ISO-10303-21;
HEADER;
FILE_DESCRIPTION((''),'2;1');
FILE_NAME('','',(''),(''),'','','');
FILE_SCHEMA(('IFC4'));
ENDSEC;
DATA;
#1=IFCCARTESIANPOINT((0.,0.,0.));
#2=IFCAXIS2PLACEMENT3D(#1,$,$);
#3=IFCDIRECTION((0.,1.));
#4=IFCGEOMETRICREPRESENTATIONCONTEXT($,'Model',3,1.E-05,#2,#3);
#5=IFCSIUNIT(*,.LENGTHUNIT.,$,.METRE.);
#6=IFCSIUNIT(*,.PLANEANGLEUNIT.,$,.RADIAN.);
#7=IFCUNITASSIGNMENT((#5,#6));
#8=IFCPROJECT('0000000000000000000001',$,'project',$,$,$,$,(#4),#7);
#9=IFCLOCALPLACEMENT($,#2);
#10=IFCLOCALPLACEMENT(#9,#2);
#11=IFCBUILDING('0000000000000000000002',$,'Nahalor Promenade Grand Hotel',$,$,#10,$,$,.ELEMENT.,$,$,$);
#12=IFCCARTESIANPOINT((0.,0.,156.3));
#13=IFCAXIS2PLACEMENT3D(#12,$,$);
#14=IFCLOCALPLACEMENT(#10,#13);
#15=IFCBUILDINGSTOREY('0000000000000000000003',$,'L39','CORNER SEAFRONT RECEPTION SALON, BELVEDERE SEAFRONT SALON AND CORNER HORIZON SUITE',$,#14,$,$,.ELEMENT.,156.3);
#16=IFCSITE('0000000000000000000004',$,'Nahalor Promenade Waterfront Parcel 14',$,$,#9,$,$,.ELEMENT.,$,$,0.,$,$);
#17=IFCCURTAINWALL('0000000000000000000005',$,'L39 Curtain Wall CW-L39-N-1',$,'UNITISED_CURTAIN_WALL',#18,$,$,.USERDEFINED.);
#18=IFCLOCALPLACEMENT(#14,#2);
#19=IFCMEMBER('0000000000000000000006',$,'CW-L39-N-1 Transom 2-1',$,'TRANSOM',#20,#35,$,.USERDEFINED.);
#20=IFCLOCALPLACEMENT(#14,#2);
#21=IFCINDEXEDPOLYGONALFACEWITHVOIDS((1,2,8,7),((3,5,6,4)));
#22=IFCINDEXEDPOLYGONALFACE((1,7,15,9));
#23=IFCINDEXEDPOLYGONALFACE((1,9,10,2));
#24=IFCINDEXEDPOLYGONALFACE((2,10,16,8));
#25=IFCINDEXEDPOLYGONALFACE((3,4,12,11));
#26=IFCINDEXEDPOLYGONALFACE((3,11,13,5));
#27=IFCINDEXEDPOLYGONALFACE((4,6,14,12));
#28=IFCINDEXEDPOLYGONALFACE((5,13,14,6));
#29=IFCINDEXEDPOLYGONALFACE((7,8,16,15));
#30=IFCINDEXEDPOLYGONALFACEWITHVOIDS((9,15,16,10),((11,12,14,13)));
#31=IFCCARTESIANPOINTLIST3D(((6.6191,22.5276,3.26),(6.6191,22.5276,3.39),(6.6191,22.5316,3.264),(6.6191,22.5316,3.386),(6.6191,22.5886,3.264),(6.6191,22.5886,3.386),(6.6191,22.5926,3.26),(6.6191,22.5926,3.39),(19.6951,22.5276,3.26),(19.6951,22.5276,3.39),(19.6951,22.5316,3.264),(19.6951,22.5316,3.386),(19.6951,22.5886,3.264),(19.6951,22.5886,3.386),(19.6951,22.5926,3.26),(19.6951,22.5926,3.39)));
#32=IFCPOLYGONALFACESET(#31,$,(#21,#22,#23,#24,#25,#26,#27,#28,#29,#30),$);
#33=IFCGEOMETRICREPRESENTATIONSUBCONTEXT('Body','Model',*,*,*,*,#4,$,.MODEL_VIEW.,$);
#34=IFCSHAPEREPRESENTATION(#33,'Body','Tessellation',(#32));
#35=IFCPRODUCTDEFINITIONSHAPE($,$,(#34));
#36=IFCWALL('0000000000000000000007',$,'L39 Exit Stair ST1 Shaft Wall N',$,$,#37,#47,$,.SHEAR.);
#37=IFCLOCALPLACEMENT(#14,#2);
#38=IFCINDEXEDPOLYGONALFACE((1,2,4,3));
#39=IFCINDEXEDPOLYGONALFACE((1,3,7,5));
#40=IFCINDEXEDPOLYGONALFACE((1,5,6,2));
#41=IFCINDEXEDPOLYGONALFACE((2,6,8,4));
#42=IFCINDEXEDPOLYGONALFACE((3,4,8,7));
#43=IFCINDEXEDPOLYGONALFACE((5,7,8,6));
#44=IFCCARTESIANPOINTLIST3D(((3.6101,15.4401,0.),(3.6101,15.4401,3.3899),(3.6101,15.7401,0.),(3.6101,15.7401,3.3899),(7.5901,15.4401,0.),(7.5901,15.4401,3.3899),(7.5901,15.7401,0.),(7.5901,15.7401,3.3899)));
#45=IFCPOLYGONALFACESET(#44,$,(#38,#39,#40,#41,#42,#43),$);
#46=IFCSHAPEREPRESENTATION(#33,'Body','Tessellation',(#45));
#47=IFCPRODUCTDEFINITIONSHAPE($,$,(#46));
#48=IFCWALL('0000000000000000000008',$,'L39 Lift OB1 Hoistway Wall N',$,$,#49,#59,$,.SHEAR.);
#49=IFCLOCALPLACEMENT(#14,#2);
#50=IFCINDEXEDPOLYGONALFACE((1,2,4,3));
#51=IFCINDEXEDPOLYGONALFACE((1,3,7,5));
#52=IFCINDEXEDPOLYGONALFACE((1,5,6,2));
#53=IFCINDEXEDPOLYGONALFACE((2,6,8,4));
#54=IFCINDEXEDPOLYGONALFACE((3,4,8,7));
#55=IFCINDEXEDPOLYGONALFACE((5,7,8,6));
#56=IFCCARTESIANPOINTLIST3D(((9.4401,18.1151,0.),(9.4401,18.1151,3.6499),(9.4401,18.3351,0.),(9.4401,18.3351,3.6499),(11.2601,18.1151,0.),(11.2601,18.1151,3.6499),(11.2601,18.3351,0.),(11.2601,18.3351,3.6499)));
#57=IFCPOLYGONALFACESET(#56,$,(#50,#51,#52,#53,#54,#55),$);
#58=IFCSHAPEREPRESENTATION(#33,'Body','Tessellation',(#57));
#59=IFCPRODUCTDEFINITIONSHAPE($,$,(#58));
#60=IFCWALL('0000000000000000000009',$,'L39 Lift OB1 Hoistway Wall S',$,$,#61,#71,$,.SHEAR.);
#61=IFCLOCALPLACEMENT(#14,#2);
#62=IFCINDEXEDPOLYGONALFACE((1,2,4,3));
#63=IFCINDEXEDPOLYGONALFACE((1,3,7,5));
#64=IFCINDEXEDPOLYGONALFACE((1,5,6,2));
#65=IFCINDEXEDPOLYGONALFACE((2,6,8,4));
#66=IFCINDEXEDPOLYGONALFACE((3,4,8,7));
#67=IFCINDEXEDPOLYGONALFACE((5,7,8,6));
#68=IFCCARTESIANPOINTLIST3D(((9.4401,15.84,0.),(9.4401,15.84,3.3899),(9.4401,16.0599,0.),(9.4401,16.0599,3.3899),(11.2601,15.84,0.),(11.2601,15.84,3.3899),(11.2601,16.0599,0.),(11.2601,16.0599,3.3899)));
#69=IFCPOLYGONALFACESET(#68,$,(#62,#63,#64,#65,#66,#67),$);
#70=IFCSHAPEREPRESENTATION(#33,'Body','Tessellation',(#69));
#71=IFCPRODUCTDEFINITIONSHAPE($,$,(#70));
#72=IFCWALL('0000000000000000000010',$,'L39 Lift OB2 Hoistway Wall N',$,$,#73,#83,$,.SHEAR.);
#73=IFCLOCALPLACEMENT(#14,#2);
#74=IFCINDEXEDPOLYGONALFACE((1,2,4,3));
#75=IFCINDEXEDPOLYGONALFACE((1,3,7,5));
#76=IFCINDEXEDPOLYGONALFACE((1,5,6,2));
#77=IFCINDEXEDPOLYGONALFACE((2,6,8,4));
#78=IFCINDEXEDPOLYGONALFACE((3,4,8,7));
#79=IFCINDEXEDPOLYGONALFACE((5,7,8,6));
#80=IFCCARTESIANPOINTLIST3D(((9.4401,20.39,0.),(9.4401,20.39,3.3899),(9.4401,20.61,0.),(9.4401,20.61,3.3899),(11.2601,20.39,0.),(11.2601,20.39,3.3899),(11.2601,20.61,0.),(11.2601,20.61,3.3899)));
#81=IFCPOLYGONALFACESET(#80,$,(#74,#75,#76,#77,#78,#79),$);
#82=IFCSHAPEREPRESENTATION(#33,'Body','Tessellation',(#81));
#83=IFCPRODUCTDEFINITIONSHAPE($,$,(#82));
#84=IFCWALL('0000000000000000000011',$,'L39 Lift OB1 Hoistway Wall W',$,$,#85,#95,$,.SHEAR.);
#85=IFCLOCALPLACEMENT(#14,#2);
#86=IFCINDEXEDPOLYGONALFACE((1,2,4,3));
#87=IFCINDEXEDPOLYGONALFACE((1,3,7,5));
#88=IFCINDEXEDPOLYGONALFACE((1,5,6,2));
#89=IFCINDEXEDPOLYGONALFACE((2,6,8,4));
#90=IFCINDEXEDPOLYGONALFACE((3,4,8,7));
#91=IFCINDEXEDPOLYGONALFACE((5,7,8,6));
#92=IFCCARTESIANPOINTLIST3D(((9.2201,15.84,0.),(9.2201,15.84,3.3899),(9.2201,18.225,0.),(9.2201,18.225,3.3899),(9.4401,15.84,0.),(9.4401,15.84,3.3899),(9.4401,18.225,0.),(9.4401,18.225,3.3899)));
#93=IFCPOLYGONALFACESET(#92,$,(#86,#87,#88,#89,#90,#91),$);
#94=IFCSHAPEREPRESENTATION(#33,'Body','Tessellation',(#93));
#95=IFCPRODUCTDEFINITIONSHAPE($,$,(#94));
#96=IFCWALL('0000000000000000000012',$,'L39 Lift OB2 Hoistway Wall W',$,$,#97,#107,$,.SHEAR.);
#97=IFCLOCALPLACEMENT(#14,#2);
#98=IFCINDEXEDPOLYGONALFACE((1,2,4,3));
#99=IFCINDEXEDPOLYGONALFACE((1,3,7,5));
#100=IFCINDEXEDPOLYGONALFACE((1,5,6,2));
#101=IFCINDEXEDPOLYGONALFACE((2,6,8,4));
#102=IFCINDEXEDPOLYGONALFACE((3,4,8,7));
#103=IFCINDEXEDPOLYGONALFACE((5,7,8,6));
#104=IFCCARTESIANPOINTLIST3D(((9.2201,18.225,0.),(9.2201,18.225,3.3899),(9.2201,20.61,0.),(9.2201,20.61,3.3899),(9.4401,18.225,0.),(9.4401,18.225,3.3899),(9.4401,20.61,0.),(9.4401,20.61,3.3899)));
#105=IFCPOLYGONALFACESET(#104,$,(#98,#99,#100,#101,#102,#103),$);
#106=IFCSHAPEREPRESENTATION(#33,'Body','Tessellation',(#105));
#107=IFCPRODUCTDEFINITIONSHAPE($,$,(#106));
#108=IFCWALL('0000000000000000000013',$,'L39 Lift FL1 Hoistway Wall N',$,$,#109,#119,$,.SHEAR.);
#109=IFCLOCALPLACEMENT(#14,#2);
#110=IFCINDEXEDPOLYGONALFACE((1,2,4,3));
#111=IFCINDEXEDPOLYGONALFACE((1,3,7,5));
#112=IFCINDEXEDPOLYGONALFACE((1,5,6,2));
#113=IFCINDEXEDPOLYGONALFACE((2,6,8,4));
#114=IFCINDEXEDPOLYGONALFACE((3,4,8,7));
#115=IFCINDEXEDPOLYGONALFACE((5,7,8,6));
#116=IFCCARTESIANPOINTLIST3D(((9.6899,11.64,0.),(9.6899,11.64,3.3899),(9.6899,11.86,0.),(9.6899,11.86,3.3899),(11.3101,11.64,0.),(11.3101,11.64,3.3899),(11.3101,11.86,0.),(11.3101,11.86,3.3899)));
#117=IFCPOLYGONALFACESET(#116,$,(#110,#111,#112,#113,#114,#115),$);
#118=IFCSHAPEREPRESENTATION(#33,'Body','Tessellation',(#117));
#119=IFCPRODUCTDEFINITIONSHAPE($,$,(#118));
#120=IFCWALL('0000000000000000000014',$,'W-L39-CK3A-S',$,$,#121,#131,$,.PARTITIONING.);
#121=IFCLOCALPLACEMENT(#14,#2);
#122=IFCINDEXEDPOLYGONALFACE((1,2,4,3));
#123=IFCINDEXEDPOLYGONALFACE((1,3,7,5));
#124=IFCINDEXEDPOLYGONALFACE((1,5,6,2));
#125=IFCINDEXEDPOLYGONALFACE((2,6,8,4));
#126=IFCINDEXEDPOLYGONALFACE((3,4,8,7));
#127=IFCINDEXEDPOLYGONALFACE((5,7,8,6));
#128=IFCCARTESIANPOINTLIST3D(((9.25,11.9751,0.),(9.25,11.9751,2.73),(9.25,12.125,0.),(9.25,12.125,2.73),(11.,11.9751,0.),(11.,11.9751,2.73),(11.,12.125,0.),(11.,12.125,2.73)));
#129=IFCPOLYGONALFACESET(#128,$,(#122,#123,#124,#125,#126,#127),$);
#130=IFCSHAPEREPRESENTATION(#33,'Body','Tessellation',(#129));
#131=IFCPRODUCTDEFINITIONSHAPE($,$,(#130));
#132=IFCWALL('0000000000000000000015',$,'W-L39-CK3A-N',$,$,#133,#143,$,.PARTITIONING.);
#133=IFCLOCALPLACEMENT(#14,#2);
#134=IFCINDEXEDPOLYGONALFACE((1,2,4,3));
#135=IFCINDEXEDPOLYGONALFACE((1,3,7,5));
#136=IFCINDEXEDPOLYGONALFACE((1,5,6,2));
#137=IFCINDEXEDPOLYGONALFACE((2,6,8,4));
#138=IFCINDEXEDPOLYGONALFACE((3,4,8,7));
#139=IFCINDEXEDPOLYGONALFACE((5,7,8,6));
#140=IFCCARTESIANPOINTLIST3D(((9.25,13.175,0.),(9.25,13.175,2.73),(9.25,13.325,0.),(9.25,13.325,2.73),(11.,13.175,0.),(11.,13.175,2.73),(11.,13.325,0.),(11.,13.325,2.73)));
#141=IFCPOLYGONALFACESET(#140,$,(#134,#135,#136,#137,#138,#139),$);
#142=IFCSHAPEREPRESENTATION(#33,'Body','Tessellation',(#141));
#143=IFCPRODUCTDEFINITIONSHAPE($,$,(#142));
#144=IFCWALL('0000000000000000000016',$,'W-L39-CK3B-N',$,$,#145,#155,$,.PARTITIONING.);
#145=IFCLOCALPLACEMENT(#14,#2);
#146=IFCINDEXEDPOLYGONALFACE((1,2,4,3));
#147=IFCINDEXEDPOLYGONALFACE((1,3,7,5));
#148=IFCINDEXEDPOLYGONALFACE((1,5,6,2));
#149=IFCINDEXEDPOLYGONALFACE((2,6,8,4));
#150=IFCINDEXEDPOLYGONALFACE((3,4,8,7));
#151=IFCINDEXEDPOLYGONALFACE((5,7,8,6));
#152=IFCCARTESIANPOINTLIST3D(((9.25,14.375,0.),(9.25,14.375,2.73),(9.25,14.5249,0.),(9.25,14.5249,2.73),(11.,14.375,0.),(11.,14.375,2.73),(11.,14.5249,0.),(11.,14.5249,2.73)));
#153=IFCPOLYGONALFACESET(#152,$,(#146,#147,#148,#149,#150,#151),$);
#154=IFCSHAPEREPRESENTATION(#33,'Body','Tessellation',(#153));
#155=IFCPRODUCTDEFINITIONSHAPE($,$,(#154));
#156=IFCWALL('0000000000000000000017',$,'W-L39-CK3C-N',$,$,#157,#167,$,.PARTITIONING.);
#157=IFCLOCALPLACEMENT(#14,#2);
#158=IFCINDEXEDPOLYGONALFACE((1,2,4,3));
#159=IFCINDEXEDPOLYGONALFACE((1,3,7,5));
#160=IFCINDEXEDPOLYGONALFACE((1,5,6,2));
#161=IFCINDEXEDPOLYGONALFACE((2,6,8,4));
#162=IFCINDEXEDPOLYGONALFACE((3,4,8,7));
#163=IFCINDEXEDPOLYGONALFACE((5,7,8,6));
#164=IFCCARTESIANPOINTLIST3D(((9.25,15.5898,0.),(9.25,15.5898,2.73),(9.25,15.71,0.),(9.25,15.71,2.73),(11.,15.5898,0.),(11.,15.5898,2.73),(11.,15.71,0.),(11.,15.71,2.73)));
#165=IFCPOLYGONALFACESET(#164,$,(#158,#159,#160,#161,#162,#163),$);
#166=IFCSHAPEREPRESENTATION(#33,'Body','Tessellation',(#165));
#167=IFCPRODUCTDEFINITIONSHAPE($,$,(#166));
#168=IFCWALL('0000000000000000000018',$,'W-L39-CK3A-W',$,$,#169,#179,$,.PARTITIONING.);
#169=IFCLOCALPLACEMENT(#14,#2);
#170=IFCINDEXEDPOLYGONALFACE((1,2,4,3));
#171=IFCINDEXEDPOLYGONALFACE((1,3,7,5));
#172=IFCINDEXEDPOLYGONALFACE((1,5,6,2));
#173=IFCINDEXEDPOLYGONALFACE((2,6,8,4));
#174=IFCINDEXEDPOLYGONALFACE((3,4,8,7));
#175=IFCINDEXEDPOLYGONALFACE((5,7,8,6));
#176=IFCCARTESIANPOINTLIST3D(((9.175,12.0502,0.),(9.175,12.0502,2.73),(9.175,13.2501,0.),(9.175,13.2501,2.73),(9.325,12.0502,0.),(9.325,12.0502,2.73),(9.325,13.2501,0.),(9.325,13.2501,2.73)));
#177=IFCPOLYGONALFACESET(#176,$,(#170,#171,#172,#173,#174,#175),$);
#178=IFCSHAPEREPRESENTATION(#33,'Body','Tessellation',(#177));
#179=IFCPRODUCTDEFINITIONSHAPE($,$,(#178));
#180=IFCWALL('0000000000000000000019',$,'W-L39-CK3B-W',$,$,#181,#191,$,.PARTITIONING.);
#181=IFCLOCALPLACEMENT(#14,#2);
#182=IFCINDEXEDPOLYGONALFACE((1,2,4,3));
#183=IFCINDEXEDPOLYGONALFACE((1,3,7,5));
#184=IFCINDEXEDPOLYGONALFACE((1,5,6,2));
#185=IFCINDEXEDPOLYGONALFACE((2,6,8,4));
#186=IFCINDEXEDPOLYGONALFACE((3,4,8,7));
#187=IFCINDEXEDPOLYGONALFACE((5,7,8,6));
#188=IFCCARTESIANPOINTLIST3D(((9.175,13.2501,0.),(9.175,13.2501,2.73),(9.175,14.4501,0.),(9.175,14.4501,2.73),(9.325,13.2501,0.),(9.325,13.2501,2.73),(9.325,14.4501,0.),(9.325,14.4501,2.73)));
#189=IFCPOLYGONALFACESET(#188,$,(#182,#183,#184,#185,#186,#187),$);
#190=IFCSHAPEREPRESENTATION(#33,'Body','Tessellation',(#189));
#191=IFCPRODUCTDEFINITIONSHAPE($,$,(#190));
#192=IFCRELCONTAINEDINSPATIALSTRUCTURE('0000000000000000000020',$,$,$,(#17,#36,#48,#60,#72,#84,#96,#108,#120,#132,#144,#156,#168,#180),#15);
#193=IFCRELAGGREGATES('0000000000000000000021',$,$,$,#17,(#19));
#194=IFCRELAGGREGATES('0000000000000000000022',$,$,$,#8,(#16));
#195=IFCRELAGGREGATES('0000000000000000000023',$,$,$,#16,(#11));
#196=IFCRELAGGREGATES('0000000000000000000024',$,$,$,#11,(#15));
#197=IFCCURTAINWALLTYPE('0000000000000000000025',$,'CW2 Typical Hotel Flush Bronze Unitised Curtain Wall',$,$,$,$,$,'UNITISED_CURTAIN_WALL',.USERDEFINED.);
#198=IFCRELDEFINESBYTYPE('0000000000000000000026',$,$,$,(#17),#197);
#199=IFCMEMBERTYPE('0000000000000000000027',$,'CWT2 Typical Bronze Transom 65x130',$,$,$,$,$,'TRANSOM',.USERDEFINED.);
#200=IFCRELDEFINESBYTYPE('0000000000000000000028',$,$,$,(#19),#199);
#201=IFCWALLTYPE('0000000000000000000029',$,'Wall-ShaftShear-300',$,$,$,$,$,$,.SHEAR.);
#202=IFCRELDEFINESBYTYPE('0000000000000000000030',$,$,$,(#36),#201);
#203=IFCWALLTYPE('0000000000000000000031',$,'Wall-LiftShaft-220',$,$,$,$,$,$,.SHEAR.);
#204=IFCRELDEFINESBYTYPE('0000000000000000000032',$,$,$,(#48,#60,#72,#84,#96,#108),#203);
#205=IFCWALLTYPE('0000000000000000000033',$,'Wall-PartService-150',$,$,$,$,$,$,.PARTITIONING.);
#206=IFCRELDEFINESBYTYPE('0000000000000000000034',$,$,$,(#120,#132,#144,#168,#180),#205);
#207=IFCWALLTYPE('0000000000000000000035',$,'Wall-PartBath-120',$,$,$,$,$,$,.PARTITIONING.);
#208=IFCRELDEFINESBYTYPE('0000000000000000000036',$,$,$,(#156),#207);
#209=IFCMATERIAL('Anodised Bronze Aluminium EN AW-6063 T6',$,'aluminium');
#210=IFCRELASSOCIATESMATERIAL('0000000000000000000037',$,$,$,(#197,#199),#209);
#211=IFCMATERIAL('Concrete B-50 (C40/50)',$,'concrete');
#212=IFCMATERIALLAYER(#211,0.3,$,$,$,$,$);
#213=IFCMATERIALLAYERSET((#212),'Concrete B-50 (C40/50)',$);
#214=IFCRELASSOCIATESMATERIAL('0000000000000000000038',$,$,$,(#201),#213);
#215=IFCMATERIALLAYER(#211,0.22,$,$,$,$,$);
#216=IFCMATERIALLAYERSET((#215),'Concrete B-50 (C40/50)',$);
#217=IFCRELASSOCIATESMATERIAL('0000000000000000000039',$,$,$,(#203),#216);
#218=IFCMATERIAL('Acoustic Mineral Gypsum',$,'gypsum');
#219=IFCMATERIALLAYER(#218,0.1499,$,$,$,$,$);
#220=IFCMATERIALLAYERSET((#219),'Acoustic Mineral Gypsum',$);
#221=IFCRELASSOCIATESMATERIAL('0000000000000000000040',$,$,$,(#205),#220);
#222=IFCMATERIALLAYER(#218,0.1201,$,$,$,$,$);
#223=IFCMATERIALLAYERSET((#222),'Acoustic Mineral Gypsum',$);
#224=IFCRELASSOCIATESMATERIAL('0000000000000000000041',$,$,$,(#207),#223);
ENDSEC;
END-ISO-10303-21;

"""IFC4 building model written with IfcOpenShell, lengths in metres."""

from ifc_helpers import new_model, si_unit, direction, frame, frame_2d, origin, origin_2d, place, context, subcontext, project, spatial, rectangle, hollow_rectangle, extrude, source, transform, mapped, material, layer, layer_set, material_profile, profile_set, type_object, element, aggregate, save


model = new_model("IFC4")

# Units and contexts
model_context = context("Model", 3, precision=1e-05, world=origin(), true_north=direction((0.0, 1.0)))
body_context = subcontext(model_context, "Body", "Model", "MODEL_VIEW")
ifc_project = project(units=[si_unit("LENGTHUNIT", "METRE"), si_unit("PLANEANGLEUNIT", "RADIAN")], contexts=[model_context])

# Site, building, storey
site_placement = place(None, origin())
site = spatial("IfcSite", under=ifc_project, at=site_placement, Name="Nahalor Promenade Waterfront Parcel 14", CompositionType="ELEMENT", RefElevation=0.0)
building_placement = place(site_placement, origin())
building = spatial("IfcBuilding", under=site, at=building_placement, Name="Nahalor Promenade Grand Hotel", CompositionType="ELEMENT")
storey_placement = place(building_placement, frame((0.0, 0.0, 156.3)))
storey = spatial("IfcBuildingStorey", under=building, at=storey_placement, Name="L39", Description="CORNER SEAFRONT RECEPTION SALON, BELVEDERE SEAFRONT SALON AND CORNER HORIZON SUITE", CompositionType="ELEMENT", Elevation=156.3)

# Curtain wall, member
ifc_material_1 = material(Name="Anodised Bronze Aluminium EN AW-6063 T6", Category="aluminium")
curtain_wall_type = type_object("IfcCurtainWallType", Name="CW2 Typical Hotel Flush Bronze Unitised Curtain Wall", ElementType="UNITISED_CURTAIN_WALL", PredefinedType="USERDEFINED", material=ifc_material_1)
curtain_wall_placement = place(storey_placement, origin())
curtain_wall = element("IfcCurtainWall", 1, at=curtain_wall_placement, inside=storey, type_object=curtain_wall_type, Name="L39 Curtain Wall CW-L39-N-1", ObjectType="UNITISED_CURTAIN_WALL", PredefinedType="USERDEFINED")
ifc_material_profile_1 = material_profile(ifc_material_1, hollow_rectangle(XDim=0.065, YDim=0.13, WallThickness=0.004, at=origin_2d()), Name="CWT 65x130x4")
ifc_profile_set_1 = profile_set([ifc_material_profile_1], Name="Anodised Bronze Aluminium EN AW-6063 T6")
member_type_1 = type_object("IfcMemberType", Name="CWT2 Typical Bronze Transom 65x130", ElementType="TRANSOM", PredefinedType="USERDEFINED", material=ifc_profile_set_1)
shared_shape_1 = source(origin(), body_context, "Body", "SweptSolid", [
    extrude(hollow_rectangle(XDim=0.065, YDim=0.13, WallThickness=0.004, at=origin_2d()), origin(), (0.0, 0.0, 1.0), 13.0759),
])
member_1_placement = place(storey_placement, frame((6.6191, 22.5601, 3.325), z_axis=(1.0, 0.0, 0.0), x_axis=(0.0, 1.0, 0.0)))
member_1 = element("IfcMember", 2, at=member_1_placement, type_object=member_type_1, Name="CW-L39-N-1 Transom 2-1", ObjectType="TRANSOM", PredefinedType="USERDEFINED", context=body_context, shape_type="MappedRepresentation", body=[
    mapped(shared_shape_1, transform((0.0, 0.0, 0.0), scale=1.0)),
])
aggregate(curtain_wall, [member_1])

# Walls
ifc_material_2 = material(Name="Concrete B-50 (C40/50)", Category="concrete")
ifc_layer_1 = layer(ifc_material_2, 0.3)
ifc_layer_set_1 = layer_set([ifc_layer_1], Name="Concrete B-50 (C40/50)")
wall_type_1 = type_object("IfcWallType", Name="Wall-ShaftShear-300", PredefinedType="SHEAR", material=ifc_layer_set_1)
shared_shape_2 = source(origin(), body_context, "Body", "SweptSolid", [
    extrude(rectangle(XDim=3.98, YDim=0.3, at=frame_2d((1.99, 0.0))), origin(), (0.0, 0.0, 1.0), 3.3899),
])
wall_1_placement = place(storey_placement, frame((3.6101, 15.5901, 0.0), z_axis=(0.0, 0.0, 1.0), x_axis=(1.0, 0.0, 0.0)))
element("IfcWall", 3, at=wall_1_placement, inside=storey, type_object=wall_type_1, Name="L39 Exit Stair ST1 Shaft Wall N", PredefinedType="SHEAR", context=body_context, shape_type="MappedRepresentation", body=[
    mapped(shared_shape_2, transform((0.0, 0.0, 0.0), scale=1.0)),
])
ifc_layer_2 = layer(ifc_material_2, 0.22)
ifc_layer_set_2 = layer_set([ifc_layer_2], Name="Concrete B-50 (C40/50)")
wall_type_2 = type_object("IfcWallType", Name="Wall-LiftShaft-220", PredefinedType="SHEAR", material=ifc_layer_set_2)
shared_shape_3 = source(origin(), body_context, "Body", "SweptSolid", [
    extrude(rectangle(XDim=1.8201, YDim=0.22, at=frame_2d((0.9102, 0.0))), origin(), (0.0, 0.0, 1.0), 3.6499),
])
wall_2_placement = place(storey_placement, frame((9.4399, 18.2251, 0.0), z_axis=(0.0, 0.0, 1.0), x_axis=(1.0, 0.0, 0.0)))
element("IfcWall", 4, at=wall_2_placement, inside=storey, type_object=wall_type_2, Name="L39 Lift OB1 Hoistway Wall N", PredefinedType="SHEAR", context=body_context, shape_type="MappedRepresentation", body=[
    mapped(shared_shape_3, transform((0.0, 0.0, 0.0), scale=1.0)),
])
shared_shape_4 = source(origin(), body_context, "Body", "SweptSolid", [
    extrude(rectangle(XDim=1.8201, YDim=0.22, at=frame_2d((0.9102, 0.0))), origin(), (0.0, 0.0, 1.0), 3.3899),
])
for number, where, z_axis, x_axis, name in (
    (5, (9.4399, 15.95, 0.0), (0.0, 0.0, 1.0), (1.0, 0.0, 0.0), "L39 Lift OB1 Hoistway Wall S"),
    (6, (9.4399, 20.5, 0.0), (0.0, 0.0, 1.0), (1.0, 0.0, 0.0), "L39 Lift OB2 Hoistway Wall N"),
):
    element("IfcWall", number, at=place(storey_placement, frame(where, z_axis=z_axis, x_axis=x_axis)), inside=storey, type_object=wall_type_2, Name=name, PredefinedType="SHEAR", context=body_context, shape_type="MappedRepresentation", body=[
        mapped(shared_shape_4, transform((0.0, 0.0, 0.0), scale=1.0)),
    ])
shared_shape_5 = source(origin(), body_context, "Body", "SweptSolid", [
    extrude(rectangle(XDim=2.385, YDim=0.22, at=frame_2d((1.1924, 0.0))), origin(), (0.0, 0.0, 1.0), 3.3899),
])
for number, where, z_axis, x_axis, name in (
    (7, (9.3301, 15.8401, 0.0), (0.0, 0.0, 1.0), (0.0, 1.0, 0.0), "L39 Lift OB1 Hoistway Wall W"),
    (8, (9.3301, 18.2251, 0.0), (0.0, 0.0, 1.0), (0.0, 1.0, 0.0), "L39 Lift OB2 Hoistway Wall W"),
):
    element("IfcWall", number, at=place(storey_placement, frame(where, z_axis=z_axis, x_axis=x_axis)), inside=storey, type_object=wall_type_2, Name=name, PredefinedType="SHEAR", context=body_context, shape_type="MappedRepresentation", body=[
        mapped(shared_shape_5, transform((0.0, 0.0, 0.0), scale=1.0)),
    ])
shared_shape_6 = source(origin(), body_context, "Body", "SweptSolid", [
    extrude(rectangle(XDim=1.6201, YDim=0.22, at=frame_2d((0.8101, 0.0))), origin(), (0.0, 0.0, 1.0), 3.3899),
])
wall_3_placement = place(storey_placement, frame((9.6899, 11.75, 0.0), z_axis=(0.0, 0.0, 1.0), x_axis=(1.0, 0.0, 0.0)))
element("IfcWall", 9, at=wall_3_placement, inside=storey, type_object=wall_type_2, Name="L39 Lift FL1 Hoistway Wall N", PredefinedType="SHEAR", context=body_context, shape_type="MappedRepresentation", body=[
    mapped(shared_shape_6, transform((0.0, 0.0, 0.0), scale=1.0)),
])
ifc_material_3 = material(Name="Acoustic Mineral Gypsum", Category="gypsum")
ifc_layer_3 = layer(ifc_material_3, 0.1499)
ifc_layer_set_3 = layer_set([ifc_layer_3], Name="Acoustic Mineral Gypsum")
wall_type_3 = type_object("IfcWallType", Name="Wall-PartService-150", PredefinedType="PARTITIONING", material=ifc_layer_set_3)
shared_shape_7 = source(origin(), body_context, "Body", "SweptSolid", [
    extrude(rectangle(XDim=1.75, YDim=0.1499, at=frame_2d((0.875, 0.0))), origin(), (0.0, 0.0, 1.0), 2.73),
])
for number, where, z_axis, x_axis, name in (
    (10, (9.25, 12.05, 0.0), (0.0, 0.0, 1.0), (1.0, 0.0, 0.0), "W-L39-CK3A-S"),
    (11, (9.25, 13.25, 0.0), (0.0, 0.0, 1.0), (1.0, 0.0, 0.0), "W-L39-CK3A-N"),
    (12, (9.25, 14.45, 0.0), (0.0, 0.0, 1.0), (1.0, 0.0, 0.0), "W-L39-CK3B-N"),
):
    element("IfcWall", number, at=place(storey_placement, frame(where, z_axis=z_axis, x_axis=x_axis)), inside=storey, type_object=wall_type_3, Name=name, PredefinedType="PARTITIONING", context=body_context, shape_type="MappedRepresentation", body=[
        mapped(shared_shape_7, transform((0.0, 0.0, 0.0), scale=1.0)),
    ])
ifc_layer_4 = layer(ifc_material_3, 0.1201)
ifc_layer_set_4 = layer_set([ifc_layer_4], Name="Acoustic Mineral Gypsum")
wall_type_4 = type_object("IfcWallType", Name="Wall-PartBath-120", PredefinedType="PARTITIONING", material=ifc_layer_set_4)
shared_shape_8 = source(origin(), body_context, "Body", "SweptSolid", [
    extrude(rectangle(XDim=1.75, YDim=0.1201, at=frame_2d((0.875, 0.0))), origin(), (0.0, 0.0, 1.0), 2.73),
])
wall_4_placement = place(storey_placement, frame((9.25, 15.6499, 0.0), z_axis=(0.0, 0.0, 1.0), x_axis=(1.0, 0.0, 0.0)))
element("IfcWall", 13, at=wall_4_placement, inside=storey, type_object=wall_type_4, Name="W-L39-CK3C-N", PredefinedType="PARTITIONING", context=body_context, shape_type="MappedRepresentation", body=[
    mapped(shared_shape_8, transform((0.0, 0.0, 0.0), scale=1.0)),
])
shared_shape_9 = source(origin(), body_context, "Body", "SweptSolid", [
    extrude(rectangle(XDim=1.2, YDim=0.1499, at=frame_2d((0.6001, 0.0))), origin(), (0.0, 0.0, 1.0), 2.73),
])
for number, where, z_axis, x_axis, name in (
    (14, (9.25, 12.05, 0.0), (0.0, 0.0, 1.0), (0.0, 1.0, 0.0), "W-L39-CK3A-W"),
    (15, (9.25, 13.25, 0.0), (0.0, 0.0, 1.0), (0.0, 1.0, 0.0), "W-L39-CK3B-W"),
):
    element("IfcWall", number, at=place(storey_placement, frame(where, z_axis=z_axis, x_axis=x_axis)), inside=storey, type_object=wall_type_3, Name=name, PredefinedType="PARTITIONING", context=body_context, shape_type="MappedRepresentation", body=[
        mapped(shared_shape_9, transform((0.0, 0.0, 0.0), scale=1.0)),
    ])

save(model, "model.ifc")
